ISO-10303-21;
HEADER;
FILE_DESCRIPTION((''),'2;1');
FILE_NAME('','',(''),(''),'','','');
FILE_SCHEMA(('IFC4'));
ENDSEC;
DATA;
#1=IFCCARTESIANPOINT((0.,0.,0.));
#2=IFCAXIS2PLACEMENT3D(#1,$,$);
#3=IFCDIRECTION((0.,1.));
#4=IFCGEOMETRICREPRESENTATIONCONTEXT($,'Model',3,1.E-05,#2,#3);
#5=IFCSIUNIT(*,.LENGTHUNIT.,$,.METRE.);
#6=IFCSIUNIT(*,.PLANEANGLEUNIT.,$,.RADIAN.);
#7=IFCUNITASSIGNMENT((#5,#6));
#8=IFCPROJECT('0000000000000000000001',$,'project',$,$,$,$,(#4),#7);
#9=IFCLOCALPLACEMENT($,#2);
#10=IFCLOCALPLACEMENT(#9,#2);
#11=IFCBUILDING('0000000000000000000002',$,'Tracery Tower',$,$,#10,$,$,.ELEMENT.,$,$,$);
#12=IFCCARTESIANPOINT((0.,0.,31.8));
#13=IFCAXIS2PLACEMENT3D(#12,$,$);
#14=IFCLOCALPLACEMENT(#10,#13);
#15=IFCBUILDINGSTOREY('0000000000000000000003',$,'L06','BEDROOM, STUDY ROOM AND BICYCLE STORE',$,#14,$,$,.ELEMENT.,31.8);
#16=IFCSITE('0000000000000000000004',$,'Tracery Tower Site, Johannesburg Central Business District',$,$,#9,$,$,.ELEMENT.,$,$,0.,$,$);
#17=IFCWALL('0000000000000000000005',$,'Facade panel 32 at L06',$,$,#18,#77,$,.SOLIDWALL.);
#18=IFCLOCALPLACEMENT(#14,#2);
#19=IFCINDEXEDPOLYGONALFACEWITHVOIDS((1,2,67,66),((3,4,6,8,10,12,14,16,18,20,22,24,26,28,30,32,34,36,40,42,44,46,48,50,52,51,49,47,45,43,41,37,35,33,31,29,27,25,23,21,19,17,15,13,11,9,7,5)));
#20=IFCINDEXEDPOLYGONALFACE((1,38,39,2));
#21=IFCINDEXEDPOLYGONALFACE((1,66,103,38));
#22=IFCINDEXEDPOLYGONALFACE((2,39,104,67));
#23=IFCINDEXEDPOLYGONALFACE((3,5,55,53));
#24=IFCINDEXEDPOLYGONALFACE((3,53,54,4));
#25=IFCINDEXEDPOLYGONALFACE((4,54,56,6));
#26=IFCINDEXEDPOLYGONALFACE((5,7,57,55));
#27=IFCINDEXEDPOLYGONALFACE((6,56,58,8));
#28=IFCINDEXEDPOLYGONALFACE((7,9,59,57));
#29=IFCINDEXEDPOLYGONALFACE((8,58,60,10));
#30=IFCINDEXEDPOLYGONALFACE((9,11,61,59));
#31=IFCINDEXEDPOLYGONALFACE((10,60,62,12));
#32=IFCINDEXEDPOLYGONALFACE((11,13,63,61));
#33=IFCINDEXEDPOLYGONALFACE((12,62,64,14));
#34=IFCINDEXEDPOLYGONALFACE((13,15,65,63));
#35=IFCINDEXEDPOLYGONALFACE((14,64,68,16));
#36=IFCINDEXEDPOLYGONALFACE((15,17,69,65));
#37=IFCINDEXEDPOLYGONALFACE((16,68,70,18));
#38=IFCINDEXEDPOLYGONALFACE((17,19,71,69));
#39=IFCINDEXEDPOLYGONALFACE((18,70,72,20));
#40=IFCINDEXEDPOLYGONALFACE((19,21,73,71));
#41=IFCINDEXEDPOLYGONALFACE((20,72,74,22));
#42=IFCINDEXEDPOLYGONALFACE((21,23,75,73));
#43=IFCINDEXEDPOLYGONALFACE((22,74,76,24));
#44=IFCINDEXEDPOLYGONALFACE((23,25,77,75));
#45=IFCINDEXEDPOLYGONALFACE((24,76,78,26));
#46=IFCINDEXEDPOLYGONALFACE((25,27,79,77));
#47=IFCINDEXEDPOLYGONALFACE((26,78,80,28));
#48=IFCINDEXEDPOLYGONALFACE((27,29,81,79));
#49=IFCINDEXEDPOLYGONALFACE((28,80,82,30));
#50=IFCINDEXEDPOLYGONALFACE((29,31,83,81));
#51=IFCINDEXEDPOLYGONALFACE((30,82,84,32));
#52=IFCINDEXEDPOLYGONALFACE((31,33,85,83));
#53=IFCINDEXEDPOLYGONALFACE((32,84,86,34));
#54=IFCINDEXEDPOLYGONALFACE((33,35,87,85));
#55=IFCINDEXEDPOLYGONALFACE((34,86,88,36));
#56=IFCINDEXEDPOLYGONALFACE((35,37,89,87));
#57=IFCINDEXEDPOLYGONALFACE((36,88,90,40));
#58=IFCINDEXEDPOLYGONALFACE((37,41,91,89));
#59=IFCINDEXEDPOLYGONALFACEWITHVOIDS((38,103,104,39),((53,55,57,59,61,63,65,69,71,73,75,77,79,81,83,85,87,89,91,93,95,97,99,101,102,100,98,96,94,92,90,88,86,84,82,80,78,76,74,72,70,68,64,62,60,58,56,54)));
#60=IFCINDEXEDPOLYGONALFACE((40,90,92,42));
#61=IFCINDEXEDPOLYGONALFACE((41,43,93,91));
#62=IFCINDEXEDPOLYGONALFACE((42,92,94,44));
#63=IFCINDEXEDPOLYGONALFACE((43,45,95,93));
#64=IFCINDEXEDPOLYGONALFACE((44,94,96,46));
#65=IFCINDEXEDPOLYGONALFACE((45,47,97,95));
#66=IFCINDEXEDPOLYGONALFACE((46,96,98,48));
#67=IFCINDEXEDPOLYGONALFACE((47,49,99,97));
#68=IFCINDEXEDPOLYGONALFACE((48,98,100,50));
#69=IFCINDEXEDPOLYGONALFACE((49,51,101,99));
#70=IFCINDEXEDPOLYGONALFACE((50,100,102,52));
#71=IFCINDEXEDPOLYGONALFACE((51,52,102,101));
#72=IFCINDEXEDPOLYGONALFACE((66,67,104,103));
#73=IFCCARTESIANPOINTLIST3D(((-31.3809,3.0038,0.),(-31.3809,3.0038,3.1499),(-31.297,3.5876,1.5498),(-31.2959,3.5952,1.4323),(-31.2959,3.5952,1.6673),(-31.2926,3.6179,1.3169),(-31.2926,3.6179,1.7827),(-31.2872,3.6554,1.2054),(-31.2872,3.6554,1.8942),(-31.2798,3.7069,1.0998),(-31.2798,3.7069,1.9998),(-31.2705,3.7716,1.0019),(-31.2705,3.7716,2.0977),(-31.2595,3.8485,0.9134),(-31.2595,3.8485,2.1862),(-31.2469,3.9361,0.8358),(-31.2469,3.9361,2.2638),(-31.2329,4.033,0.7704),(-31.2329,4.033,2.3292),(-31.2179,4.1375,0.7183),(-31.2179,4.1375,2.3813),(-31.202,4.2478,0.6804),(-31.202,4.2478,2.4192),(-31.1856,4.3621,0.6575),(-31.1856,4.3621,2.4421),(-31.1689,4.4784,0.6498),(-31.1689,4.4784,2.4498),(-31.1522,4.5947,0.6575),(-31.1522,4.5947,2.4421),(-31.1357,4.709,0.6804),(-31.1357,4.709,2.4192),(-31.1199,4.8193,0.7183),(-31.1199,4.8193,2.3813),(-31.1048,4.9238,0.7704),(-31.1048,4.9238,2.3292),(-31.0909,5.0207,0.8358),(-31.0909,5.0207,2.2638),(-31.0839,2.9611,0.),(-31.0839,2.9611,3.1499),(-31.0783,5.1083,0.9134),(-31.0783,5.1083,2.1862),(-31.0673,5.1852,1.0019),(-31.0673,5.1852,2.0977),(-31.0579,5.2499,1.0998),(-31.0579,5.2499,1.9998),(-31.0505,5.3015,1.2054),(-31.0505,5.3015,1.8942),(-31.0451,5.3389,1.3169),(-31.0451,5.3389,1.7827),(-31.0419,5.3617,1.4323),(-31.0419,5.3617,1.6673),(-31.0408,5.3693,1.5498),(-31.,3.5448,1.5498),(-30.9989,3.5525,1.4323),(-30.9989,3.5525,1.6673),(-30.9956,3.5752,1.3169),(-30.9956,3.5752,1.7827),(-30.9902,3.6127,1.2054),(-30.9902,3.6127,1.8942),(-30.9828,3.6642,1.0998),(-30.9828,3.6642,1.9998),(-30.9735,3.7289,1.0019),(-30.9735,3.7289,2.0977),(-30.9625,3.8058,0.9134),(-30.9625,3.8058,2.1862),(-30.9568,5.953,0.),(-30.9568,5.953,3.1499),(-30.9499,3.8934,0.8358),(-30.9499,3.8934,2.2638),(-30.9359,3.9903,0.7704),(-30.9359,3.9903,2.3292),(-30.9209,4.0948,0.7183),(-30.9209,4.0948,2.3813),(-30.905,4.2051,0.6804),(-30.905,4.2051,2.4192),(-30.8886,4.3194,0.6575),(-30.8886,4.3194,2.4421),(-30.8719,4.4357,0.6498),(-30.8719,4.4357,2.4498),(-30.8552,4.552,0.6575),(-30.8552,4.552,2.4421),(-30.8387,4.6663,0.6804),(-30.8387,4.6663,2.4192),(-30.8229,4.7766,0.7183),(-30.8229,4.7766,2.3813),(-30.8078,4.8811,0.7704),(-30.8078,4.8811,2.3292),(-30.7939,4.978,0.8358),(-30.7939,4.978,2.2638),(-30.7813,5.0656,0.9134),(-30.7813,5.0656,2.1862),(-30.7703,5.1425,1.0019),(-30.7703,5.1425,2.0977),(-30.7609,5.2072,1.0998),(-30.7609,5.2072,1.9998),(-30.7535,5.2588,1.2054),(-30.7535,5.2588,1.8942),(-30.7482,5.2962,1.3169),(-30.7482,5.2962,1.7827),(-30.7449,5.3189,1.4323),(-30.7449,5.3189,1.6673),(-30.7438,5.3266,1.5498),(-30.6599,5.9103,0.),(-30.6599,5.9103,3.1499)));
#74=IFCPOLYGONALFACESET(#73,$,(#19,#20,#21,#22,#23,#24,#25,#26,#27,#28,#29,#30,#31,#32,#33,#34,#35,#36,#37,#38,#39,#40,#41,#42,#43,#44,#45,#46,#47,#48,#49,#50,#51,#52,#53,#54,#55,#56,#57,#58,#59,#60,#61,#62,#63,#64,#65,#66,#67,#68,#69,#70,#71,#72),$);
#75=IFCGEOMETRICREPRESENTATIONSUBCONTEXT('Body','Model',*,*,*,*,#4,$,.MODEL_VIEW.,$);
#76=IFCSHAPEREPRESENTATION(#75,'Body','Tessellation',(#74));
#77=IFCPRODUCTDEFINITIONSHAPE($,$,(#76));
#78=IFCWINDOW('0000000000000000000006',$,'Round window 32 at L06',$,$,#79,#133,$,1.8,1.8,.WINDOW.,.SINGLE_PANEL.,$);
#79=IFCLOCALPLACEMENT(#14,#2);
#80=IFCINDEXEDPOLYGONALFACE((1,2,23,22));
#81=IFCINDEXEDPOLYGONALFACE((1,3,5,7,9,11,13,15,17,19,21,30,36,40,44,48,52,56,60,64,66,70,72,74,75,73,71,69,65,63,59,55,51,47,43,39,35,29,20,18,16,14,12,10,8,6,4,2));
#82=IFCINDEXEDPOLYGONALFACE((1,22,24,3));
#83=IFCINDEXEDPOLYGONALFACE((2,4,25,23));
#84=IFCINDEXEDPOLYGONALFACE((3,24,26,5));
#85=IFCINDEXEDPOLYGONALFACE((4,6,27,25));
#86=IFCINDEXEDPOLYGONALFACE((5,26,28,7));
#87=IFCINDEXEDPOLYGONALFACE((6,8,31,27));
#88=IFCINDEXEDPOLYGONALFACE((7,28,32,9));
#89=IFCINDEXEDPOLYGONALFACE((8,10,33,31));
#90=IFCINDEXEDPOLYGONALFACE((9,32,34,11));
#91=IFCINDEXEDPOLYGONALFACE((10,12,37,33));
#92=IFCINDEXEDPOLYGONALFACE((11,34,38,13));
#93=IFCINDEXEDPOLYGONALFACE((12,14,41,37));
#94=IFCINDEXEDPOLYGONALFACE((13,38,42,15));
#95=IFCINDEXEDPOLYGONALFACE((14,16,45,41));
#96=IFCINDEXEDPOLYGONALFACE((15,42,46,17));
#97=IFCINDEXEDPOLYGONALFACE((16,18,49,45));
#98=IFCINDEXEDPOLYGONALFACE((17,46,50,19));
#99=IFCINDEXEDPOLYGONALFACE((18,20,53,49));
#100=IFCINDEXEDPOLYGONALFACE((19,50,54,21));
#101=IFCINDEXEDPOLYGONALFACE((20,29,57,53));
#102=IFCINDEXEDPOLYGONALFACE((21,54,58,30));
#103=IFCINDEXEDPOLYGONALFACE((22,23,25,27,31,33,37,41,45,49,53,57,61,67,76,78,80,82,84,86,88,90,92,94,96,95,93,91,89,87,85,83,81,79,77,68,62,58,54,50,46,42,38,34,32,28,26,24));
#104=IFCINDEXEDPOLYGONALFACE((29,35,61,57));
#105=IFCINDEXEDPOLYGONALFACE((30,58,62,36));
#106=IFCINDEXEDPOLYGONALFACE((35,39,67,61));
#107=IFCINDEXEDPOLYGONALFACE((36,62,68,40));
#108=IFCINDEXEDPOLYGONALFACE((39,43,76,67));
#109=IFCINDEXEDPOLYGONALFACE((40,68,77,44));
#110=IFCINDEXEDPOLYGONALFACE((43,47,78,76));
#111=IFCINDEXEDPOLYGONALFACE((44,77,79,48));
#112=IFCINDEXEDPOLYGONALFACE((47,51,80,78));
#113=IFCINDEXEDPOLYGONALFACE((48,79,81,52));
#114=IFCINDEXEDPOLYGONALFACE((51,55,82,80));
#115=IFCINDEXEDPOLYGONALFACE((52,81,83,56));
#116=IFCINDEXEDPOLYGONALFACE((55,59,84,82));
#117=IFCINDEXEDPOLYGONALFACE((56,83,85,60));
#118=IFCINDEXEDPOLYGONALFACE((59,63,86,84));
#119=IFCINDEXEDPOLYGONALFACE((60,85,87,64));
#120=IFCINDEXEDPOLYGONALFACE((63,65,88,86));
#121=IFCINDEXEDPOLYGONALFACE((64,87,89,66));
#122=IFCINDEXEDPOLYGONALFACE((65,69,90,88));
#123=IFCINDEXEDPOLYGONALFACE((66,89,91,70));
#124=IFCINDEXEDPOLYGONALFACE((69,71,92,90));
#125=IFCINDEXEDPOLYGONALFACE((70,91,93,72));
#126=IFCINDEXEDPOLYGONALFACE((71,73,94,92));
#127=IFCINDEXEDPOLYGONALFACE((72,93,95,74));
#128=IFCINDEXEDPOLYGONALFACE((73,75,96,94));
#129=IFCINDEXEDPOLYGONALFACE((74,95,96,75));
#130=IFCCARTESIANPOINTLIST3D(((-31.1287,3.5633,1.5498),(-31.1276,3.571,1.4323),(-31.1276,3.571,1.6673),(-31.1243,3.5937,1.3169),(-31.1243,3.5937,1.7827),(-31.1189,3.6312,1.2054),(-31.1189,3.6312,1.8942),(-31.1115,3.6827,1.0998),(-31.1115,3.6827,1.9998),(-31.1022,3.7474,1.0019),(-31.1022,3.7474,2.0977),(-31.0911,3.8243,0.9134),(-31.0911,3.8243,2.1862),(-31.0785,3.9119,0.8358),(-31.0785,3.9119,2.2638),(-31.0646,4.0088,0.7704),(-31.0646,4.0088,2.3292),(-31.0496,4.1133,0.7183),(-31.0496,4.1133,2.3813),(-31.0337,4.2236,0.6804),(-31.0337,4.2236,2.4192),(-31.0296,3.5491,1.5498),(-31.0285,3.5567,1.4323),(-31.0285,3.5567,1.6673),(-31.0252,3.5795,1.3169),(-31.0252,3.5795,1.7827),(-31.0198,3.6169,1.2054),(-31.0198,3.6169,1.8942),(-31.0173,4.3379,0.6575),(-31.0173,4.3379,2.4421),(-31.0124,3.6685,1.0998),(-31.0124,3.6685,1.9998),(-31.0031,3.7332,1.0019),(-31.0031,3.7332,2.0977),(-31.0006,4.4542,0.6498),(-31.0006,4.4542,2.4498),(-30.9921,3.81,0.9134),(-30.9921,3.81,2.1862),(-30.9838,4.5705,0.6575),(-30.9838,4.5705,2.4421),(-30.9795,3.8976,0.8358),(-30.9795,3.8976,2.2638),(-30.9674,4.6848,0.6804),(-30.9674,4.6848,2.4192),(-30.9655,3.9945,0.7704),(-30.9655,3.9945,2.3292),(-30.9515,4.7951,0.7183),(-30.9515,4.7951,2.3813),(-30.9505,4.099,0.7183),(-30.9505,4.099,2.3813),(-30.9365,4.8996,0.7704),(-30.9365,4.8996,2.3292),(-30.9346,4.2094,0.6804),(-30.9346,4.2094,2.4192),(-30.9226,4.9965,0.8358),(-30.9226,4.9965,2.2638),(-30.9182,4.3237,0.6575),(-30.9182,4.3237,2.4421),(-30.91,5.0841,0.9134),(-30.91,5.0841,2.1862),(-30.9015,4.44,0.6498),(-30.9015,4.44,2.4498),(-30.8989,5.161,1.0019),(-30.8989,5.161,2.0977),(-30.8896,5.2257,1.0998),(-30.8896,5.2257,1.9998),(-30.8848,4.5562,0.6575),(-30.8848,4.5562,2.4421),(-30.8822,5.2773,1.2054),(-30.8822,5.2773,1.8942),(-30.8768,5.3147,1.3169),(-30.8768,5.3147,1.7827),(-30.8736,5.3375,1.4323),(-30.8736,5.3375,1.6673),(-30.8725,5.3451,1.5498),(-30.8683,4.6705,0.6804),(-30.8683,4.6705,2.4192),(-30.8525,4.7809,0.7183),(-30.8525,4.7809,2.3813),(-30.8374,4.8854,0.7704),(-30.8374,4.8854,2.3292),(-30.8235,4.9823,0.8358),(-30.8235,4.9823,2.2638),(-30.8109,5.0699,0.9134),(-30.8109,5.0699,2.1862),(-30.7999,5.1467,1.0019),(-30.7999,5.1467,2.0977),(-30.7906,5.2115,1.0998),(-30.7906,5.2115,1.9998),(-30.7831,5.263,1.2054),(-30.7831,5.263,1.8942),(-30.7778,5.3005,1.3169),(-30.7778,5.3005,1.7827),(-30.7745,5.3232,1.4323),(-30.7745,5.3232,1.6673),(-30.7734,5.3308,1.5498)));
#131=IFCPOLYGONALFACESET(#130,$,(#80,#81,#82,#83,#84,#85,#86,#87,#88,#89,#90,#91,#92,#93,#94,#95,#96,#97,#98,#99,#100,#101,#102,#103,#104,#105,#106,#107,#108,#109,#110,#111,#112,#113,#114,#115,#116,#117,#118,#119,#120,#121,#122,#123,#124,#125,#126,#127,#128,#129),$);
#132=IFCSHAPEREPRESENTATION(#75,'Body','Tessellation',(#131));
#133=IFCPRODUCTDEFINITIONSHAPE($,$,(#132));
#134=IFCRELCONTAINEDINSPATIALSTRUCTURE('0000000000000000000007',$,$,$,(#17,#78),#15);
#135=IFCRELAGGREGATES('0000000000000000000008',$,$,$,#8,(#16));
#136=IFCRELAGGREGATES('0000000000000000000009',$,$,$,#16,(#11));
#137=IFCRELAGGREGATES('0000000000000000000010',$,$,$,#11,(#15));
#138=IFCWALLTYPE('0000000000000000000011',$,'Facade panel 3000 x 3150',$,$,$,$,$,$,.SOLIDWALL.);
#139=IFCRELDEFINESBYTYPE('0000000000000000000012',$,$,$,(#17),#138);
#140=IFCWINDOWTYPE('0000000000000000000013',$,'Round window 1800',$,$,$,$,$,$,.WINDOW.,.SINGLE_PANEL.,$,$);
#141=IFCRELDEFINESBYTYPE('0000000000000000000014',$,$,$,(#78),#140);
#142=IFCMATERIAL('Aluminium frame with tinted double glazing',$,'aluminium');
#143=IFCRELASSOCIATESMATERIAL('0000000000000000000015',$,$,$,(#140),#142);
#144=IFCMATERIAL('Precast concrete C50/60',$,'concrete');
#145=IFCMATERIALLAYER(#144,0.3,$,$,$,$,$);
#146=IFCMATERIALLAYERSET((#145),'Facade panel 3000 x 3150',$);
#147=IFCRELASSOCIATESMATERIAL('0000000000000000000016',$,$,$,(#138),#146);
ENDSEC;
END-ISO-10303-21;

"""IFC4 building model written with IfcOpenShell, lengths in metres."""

from ifc_helpers import new_model, si_unit, direction, frame, frame_2d, origin, origin_2d, place, context, subcontext, project, spatial, rectangle, circle, extrude, material, layer, layer_set, type_object, element, fill, save


model = new_model("IFC4")

# Units and contexts
model_context = context("Model", 3, precision=1e-05, world=origin(), true_north=direction((0.0, 1.0)))
body_context = subcontext(model_context, "Body", "Model", "MODEL_VIEW")
ifc_project = project(units=[si_unit("LENGTHUNIT", "METRE"), si_unit("PLANEANGLEUNIT", "RADIAN")], contexts=[model_context])

# Site, building, storey
site_placement = place(None, origin())
site = spatial("IfcSite", under=ifc_project, at=site_placement, Name="Tracery Tower Site, Johannesburg Central Business District", CompositionType="ELEMENT", RefElevation=0.0)
building_placement = place(site_placement, origin())
building = spatial("IfcBuilding", under=site, at=building_placement, Name="Tracery Tower", CompositionType="ELEMENT")
storey_placement = place(building_placement, frame((0.0, 0.0, 31.8)))
storey = spatial("IfcBuildingStorey", under=building, at=storey_placement, Name="L06", Description="BEDROOM, STUDY ROOM AND BICYCLE STORE", CompositionType="ELEMENT", Elevation=31.8)

# Wall, opening, window
ifc_material_1 = material(Name="Aluminium frame with tinted double glazing", Category="aluminium")
window_type = type_object("IfcWindowType", Name="Round window 1800", PartitioningType="SINGLE_PANEL", PredefinedType="WINDOW", material=ifc_material_1)
ifc_material_2 = material(Name="Precast concrete C50/60", Category="concrete")
ifc_layer_1 = layer(ifc_material_2, 0.3)
ifc_layer_set_1 = layer_set([ifc_layer_1], Name="Facade panel 3000 x 3150")
wall_type_1 = type_object("IfcWallType", Name="Facade panel 3000 x 3150", PredefinedType="SOLIDWALL", material=ifc_layer_set_1)
wall_1_placement = place(storey_placement, frame((-30.8083, 5.9316, 0.0), z_axis=(0.0, 0.0, 1.0), x_axis=(-0.142328, -0.98982, 0.0)))
wall_1 = element("IfcWall", 1, at=wall_1_placement, inside=storey, type_object=wall_type_1, Name="Facade panel 32 at L06", PredefinedType="SOLIDWALL", context=body_context, shape_type="SweptSolid", body=[
    extrude(rectangle(XDim=2.9795, YDim=0.3, at=frame_2d((1.4897, 0.0))), origin(), (0.0, 0.0, 1.0), 3.1499),
])
opening_1_placement = place(wall_1_placement, frame((1.4897, 0.0, 1.5498)))
opening_1 = element("IfcOpeningElement", 2, at=opening_1_placement, cuts=wall_1, PredefinedType="OPENING", context=body_context, shape_type="SweptSolid", body=[
    extrude(circle(Radius=0.9, at=origin_2d()), frame((0.0, 0.1599, 0.0), z_axis=(0.0, -1.0, 0.0), x_axis=(1.0, 0.0, 0.0)), (0.0, 0.0, 1.0), 0.3201),
])
window_1_placement = place(opening_1_placement, origin())
window_1 = element("IfcWindow", 3, at=window_1_placement, inside=storey, type_object=window_type, Name="Round window 32 at L06", OverallHeight=1.8, OverallWidth=1.8, PartitioningType="SINGLE_PANEL", PredefinedType="WINDOW", context=body_context, shape_type="SweptSolid", body=[
    extrude(circle(Radius=0.9, at=origin_2d()), frame((0.0, 0.1201, 0.0), z_axis=(0.0, -1.0, 0.0), x_axis=(1.0, 0.0, 0.0)), (0.0, 0.0, 1.0), 0.1001),
])
fill(opening_1, window_1)

save(model, "model.ifc")
